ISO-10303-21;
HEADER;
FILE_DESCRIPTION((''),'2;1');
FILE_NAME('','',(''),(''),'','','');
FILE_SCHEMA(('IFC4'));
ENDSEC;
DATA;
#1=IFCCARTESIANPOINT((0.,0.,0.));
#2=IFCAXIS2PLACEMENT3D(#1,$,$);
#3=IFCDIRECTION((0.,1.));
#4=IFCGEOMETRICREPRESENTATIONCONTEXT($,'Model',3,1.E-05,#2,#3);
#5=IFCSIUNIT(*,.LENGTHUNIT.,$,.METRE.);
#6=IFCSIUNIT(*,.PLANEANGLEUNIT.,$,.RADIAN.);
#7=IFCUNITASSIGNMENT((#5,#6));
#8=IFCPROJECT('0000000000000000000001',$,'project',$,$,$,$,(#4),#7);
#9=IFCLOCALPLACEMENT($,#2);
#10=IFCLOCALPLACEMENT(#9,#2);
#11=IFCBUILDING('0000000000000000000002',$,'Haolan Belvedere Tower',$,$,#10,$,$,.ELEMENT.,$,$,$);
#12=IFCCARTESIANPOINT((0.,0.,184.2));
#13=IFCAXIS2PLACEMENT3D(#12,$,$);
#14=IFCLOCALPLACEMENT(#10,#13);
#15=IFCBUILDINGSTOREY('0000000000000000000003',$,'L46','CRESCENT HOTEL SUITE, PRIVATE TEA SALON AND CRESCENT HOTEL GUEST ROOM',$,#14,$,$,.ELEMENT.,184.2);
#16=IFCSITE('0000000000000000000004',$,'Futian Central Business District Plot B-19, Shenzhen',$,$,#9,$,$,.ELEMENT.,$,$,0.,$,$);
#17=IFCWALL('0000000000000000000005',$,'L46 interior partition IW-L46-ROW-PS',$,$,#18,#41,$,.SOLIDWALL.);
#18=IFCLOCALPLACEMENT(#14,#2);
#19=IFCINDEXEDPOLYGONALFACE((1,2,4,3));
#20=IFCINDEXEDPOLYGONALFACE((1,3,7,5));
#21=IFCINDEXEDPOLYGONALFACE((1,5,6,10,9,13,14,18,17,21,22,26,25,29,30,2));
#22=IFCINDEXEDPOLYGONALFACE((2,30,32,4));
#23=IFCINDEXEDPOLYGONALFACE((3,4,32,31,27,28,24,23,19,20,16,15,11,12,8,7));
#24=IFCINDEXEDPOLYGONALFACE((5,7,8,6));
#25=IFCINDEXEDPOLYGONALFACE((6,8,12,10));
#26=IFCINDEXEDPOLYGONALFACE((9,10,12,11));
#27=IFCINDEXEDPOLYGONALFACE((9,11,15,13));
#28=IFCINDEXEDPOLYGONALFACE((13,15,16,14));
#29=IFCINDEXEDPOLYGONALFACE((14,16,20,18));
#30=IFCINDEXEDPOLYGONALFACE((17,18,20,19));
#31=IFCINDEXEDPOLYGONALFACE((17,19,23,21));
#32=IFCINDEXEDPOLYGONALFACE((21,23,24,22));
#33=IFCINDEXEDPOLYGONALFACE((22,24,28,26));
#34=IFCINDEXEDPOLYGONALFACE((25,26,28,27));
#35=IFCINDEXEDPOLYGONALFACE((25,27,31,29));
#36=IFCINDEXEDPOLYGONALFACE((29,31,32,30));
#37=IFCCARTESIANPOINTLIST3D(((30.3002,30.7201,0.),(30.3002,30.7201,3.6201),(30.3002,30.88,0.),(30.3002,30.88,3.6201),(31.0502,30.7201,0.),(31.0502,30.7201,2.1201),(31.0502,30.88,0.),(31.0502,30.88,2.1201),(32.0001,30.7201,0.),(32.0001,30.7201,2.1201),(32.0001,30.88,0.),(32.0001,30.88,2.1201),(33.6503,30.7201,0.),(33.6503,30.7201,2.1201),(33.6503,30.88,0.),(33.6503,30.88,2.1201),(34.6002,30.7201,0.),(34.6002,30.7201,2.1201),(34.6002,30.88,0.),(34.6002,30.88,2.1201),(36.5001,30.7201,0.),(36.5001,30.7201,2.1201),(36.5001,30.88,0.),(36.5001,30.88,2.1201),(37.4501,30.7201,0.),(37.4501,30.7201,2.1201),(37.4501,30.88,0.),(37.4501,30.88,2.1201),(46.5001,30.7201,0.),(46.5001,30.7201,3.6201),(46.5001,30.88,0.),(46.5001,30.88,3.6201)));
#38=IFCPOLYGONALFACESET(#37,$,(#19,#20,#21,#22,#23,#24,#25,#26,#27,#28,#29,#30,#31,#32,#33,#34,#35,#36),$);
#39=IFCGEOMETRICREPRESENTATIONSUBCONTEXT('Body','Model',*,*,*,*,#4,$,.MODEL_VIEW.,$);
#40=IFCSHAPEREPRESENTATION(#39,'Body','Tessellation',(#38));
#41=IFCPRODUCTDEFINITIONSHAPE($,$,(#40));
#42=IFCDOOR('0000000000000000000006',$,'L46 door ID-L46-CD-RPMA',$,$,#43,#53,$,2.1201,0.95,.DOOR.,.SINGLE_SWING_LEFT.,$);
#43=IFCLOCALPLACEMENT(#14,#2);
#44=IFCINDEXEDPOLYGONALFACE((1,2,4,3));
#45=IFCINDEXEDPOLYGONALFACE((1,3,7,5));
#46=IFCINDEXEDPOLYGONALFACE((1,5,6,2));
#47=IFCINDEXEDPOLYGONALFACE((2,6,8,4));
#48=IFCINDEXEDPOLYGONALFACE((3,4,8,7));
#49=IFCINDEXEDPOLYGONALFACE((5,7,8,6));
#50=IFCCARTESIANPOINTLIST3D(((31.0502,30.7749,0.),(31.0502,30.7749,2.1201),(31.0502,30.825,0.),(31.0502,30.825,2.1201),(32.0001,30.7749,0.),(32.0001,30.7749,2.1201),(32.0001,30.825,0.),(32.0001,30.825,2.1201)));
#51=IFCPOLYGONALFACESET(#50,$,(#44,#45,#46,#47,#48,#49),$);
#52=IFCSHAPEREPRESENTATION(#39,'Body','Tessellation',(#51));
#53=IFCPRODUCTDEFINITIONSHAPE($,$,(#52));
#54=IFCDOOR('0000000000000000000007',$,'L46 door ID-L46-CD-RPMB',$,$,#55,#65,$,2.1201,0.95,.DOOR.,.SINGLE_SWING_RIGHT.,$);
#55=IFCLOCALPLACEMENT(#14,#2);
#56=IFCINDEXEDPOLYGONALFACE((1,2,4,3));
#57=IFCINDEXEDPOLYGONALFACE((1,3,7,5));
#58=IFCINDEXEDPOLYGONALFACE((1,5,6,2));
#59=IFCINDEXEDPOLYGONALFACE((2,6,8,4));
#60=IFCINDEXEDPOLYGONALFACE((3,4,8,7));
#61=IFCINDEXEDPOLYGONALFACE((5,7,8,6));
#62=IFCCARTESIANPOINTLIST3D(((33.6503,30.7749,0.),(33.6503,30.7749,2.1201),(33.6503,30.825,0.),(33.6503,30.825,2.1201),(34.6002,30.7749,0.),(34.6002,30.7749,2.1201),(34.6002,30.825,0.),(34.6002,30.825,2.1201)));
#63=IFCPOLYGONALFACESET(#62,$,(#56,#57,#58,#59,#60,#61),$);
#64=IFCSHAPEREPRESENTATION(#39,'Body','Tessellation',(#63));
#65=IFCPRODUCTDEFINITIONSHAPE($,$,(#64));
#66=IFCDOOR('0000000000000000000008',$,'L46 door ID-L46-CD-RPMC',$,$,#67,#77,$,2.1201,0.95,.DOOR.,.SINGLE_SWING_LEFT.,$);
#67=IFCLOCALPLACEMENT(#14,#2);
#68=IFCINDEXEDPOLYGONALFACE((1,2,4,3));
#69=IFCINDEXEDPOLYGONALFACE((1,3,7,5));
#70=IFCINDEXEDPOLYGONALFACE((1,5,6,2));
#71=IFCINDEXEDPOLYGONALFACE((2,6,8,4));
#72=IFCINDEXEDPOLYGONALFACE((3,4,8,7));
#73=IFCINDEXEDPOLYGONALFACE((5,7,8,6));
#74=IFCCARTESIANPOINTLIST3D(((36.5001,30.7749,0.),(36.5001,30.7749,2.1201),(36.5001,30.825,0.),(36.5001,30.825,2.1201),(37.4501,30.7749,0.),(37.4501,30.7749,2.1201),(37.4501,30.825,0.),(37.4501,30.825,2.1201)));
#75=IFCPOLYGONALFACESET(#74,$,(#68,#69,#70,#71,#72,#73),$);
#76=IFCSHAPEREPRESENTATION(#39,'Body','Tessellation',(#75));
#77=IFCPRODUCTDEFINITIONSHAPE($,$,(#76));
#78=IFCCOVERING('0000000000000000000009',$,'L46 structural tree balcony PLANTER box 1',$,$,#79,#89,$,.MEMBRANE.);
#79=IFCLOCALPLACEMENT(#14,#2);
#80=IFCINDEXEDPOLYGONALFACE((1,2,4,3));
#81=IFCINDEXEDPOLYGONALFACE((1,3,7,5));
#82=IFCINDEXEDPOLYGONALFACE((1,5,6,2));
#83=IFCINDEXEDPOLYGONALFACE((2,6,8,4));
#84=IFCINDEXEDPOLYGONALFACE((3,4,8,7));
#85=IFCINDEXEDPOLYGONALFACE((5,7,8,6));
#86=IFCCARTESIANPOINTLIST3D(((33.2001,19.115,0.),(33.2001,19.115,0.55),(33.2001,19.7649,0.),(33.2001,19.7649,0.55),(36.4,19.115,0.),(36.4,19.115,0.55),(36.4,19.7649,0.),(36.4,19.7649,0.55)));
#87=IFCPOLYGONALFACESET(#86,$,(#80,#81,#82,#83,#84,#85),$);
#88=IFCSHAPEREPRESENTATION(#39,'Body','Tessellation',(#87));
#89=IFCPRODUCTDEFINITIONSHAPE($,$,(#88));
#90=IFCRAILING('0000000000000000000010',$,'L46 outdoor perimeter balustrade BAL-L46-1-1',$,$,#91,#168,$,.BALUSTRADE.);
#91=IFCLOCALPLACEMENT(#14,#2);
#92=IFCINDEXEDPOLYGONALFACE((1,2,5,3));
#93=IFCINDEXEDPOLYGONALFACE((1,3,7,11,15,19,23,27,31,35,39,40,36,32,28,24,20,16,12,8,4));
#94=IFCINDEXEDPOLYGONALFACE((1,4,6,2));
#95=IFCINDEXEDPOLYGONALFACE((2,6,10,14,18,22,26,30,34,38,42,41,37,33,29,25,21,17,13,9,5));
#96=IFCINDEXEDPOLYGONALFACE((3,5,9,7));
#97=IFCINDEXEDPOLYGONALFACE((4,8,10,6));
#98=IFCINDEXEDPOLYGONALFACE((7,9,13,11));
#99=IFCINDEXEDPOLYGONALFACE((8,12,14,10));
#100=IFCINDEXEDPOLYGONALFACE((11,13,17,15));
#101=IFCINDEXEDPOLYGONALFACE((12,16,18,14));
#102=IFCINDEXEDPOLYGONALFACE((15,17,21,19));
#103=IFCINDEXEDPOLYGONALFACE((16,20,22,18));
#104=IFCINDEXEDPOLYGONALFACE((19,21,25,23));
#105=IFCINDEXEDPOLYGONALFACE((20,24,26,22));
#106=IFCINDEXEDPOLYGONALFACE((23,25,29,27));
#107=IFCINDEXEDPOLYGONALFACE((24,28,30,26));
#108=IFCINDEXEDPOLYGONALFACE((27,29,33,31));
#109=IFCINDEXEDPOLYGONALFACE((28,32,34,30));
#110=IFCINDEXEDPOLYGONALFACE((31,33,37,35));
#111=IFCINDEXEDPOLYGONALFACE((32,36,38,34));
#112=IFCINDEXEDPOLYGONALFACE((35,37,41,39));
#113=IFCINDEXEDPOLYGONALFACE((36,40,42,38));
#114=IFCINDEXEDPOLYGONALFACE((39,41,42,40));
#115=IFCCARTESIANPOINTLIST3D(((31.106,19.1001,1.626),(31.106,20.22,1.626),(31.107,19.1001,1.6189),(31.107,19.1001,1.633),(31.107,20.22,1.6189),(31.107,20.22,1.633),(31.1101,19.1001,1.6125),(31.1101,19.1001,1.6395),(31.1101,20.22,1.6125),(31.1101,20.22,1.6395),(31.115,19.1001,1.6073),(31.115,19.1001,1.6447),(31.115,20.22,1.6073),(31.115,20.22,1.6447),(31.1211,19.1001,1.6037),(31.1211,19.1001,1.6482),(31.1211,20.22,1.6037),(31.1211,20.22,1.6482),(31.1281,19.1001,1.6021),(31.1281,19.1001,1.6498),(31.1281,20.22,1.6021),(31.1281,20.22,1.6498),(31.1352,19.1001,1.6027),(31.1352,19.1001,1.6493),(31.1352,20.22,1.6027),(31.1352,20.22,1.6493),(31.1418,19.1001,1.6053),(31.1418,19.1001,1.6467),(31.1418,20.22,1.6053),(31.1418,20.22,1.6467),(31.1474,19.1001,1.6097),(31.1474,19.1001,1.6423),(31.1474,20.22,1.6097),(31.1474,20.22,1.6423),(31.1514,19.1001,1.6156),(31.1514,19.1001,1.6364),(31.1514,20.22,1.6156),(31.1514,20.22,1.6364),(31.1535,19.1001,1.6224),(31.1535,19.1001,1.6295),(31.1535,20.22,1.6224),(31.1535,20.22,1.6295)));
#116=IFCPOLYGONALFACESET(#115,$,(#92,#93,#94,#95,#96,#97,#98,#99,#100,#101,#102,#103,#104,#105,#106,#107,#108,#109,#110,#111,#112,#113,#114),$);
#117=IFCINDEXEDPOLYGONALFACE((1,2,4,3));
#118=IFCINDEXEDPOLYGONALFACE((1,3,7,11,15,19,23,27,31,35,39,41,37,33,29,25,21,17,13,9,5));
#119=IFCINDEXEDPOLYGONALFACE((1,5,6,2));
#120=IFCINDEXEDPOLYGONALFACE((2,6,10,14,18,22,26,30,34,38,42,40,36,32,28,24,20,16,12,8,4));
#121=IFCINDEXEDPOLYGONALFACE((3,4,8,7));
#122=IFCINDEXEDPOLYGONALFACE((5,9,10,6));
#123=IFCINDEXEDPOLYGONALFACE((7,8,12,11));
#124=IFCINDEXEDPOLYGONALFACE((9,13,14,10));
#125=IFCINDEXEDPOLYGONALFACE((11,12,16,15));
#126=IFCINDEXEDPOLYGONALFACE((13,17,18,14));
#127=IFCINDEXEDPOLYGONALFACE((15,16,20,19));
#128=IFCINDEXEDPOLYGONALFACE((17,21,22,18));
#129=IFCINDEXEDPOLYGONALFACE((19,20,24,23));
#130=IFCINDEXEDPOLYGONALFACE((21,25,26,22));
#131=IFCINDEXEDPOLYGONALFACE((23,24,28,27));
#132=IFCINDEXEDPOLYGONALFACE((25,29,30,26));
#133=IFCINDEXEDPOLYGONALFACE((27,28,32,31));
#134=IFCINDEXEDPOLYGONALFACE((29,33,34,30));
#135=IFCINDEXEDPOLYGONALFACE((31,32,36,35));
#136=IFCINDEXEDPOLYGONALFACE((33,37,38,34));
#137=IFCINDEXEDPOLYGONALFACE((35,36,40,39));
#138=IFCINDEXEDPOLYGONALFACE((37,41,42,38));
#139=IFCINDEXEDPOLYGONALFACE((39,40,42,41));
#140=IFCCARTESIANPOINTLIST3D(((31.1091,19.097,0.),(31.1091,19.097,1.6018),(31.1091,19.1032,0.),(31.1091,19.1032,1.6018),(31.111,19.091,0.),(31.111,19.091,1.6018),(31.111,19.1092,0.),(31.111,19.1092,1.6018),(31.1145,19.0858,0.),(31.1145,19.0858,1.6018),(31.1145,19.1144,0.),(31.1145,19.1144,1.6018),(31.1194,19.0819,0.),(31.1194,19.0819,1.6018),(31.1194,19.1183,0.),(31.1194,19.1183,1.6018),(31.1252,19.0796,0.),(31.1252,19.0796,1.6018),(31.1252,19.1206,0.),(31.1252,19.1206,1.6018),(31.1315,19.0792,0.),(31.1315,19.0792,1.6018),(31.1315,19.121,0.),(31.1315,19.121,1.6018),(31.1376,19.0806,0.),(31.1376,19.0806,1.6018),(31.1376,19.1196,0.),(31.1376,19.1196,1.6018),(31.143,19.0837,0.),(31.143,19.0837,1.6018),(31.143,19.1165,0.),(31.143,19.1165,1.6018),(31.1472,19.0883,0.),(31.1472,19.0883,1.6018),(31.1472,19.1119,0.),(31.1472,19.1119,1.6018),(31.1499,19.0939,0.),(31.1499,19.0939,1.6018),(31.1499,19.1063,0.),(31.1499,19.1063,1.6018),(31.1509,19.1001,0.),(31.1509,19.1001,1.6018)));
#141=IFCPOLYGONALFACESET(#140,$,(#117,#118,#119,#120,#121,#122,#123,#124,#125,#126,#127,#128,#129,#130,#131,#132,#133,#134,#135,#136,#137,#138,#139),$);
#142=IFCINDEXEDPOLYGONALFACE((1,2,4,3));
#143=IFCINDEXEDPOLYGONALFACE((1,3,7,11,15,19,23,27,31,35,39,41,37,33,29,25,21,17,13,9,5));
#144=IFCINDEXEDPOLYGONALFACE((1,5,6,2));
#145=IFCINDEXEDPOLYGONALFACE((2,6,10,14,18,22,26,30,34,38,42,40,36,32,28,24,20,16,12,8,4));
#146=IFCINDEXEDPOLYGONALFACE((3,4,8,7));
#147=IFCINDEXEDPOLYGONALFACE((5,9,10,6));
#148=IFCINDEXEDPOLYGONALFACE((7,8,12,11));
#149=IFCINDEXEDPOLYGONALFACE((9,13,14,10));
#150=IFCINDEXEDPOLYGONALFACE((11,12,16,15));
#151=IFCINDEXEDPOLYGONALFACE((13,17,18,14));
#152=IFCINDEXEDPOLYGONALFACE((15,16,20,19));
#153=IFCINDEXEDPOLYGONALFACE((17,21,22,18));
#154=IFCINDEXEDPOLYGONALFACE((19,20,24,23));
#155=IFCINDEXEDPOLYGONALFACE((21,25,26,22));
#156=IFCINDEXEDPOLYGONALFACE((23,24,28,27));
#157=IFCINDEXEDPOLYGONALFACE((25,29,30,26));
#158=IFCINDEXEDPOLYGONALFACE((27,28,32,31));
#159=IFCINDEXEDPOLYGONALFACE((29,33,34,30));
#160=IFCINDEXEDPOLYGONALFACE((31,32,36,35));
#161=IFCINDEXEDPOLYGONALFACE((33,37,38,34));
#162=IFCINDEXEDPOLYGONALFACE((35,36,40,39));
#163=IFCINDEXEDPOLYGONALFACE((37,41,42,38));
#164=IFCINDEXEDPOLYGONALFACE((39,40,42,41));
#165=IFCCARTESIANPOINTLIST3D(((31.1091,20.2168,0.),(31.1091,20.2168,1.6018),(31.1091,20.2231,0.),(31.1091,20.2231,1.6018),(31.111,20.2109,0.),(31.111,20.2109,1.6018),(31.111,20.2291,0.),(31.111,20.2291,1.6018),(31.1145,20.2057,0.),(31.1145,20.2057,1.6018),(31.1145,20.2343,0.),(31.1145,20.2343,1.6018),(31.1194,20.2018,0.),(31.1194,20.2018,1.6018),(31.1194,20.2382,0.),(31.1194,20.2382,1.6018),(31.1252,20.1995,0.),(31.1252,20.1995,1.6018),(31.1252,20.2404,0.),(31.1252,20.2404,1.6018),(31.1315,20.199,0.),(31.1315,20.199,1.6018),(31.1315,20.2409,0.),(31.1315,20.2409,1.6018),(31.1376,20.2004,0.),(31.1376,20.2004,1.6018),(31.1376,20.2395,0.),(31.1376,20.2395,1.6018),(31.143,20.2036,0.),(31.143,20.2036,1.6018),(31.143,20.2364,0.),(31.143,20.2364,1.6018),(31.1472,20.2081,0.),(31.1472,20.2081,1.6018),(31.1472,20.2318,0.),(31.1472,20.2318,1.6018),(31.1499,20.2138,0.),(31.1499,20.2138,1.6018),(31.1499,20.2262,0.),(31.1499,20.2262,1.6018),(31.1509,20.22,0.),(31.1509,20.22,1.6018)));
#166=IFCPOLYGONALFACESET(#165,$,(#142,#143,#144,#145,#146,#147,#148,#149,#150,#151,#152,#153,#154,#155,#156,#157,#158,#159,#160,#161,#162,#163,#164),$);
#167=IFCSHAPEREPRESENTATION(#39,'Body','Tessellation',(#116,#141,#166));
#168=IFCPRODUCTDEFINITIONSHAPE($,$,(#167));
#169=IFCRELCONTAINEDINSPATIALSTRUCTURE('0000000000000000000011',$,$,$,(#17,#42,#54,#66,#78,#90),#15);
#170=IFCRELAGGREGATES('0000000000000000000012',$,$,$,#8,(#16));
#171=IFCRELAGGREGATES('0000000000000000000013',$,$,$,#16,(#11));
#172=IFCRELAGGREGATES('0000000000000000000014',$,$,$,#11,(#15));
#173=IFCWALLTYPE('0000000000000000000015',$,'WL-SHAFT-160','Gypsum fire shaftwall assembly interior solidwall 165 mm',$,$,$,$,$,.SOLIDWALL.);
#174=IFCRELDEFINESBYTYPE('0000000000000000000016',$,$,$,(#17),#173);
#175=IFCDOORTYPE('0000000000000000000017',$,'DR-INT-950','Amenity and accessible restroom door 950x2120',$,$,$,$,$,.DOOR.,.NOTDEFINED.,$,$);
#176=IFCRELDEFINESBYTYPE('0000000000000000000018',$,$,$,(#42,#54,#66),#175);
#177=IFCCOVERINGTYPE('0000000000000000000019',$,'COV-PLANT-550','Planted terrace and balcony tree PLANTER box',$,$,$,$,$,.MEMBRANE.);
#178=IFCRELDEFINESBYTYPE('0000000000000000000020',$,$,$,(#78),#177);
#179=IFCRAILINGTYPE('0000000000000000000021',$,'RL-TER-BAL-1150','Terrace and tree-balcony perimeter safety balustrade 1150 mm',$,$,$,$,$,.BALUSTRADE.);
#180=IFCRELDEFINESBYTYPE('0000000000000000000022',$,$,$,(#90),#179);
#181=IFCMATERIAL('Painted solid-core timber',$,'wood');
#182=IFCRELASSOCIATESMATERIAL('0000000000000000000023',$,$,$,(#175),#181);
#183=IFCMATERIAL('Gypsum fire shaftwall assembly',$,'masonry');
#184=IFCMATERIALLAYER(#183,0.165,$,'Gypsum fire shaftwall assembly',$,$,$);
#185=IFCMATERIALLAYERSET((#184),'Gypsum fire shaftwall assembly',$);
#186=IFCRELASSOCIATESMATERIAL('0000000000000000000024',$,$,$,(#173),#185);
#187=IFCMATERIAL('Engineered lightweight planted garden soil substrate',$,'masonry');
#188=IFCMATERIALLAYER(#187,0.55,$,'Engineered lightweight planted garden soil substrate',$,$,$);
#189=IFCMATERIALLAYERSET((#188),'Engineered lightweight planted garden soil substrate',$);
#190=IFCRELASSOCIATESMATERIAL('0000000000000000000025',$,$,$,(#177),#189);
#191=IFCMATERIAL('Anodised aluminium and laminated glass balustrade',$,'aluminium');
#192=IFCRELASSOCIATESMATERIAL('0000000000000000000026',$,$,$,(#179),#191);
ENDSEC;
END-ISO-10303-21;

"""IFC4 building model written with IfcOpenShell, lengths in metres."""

from ifc_helpers import new_model, si_unit, direction, frame, frame_2d, origin, origin_2d, place, context, subcontext, project, spatial, rectangle, circle, extrude, material, layer, layer_set, type_object, element, fill, save


model = new_model("IFC4")

# Units and contexts
model_context = context("Model", 3, precision=1e-05, world=origin(), true_north=direction((0.0, 1.0)))
body_context = subcontext(model_context, "Body", "Model", "MODEL_VIEW")
ifc_project = project(units=[si_unit("LENGTHUNIT", "METRE"), si_unit("PLANEANGLEUNIT", "RADIAN")], contexts=[model_context])

# Site, building, storey
site_placement = place(None, origin())
site = spatial("IfcSite", under=ifc_project, at=site_placement, Name="Futian Central Business District Plot B-19, Shenzhen", CompositionType="ELEMENT", RefElevation=0.0)
building_placement = place(site_placement, origin())
building = spatial("IfcBuilding", under=site, at=building_placement, Name="Haolan Belvedere Tower", CompositionType="ELEMENT")
storey_placement = place(building_placement, frame((0.0, 0.0, 184.2)))
storey = spatial("IfcBuildingStorey", under=building, at=storey_placement, Name="L46", Description="CRESCENT HOTEL SUITE, PRIVATE TEA SALON AND CRESCENT HOTEL GUEST ROOM", CompositionType="ELEMENT", Elevation=184.2)

# Shared definitions
ifc_material_1 = material(Name="Painted solid-core timber", Category="wood")
door_type = type_object("IfcDoorType", Name="DR-INT-950", Description="Amenity and accessible restroom door 950x2120", OperationType="NOTDEFINED", PredefinedType="DOOR", material=ifc_material_1)

# Shared definitions
ifc_material_2 = material(Name="Gypsum fire shaftwall assembly", Category="masonry")
ifc_layer_1 = layer(ifc_material_2, 0.165, Name="Gypsum fire shaftwall assembly")
ifc_layer_set_1 = layer_set([ifc_layer_1], Name="Gypsum fire shaftwall assembly")
wall_type_1 = type_object("IfcWallType", Name="WL-SHAFT-160", Description="Gypsum fire shaftwall assembly interior solidwall 165 mm", PredefinedType="SOLIDWALL", material=ifc_layer_set_1)

# Wall, openings, doors
wall_1_placement = place(storey_placement, frame((30.3, 30.8, 0.0), z_axis=(0.0, 0.0, 1.0), x_axis=(1.0, 0.0, 0.0)))
wall_1 = element("IfcWall", 1, at=wall_1_placement, inside=storey, type_object=wall_type_1, Name="L46 interior partition IW-L46-ROW-PS", PredefinedType="SOLIDWALL", context=body_context, shape_type="SweptSolid", body=[
    extrude(rectangle(XDim=16.2, YDim=0.1599, at=frame_2d((8.1001, 0.0))), origin(), (0.0, 0.0, 1.0), 3.6201),
])
opening_1_placement = place(wall_1_placement, frame((0.75, 0.0, 0.0)))
opening_1 = element("IfcOpeningElement", 2, at=opening_1_placement, cuts=wall_1, PredefinedType="OPENING", context=body_context, shape_type="SweptSolid", body=[
    extrude(rectangle(XDim=0.95, YDim=2.1201, at=frame_2d((0.4751, 1.0601))), frame((0.0, 0.0898, 0.0), z_axis=(0.0, -1.0, 0.0), x_axis=(1.0, 0.0, 0.0)), (0.0, 0.0, 1.0), 0.1799),
])
opening_2_placement = place(wall_1_placement, frame((3.3501, 0.0, 0.0)))
opening_2 = element("IfcOpeningElement", 3, at=opening_2_placement, cuts=wall_1, PredefinedType="OPENING", context=body_context, shape_type="SweptSolid", body=[
    extrude(rectangle(XDim=0.95, YDim=2.1201, at=frame_2d((0.4751, 1.0601))), frame((0.0, 0.0898, 0.0), z_axis=(0.0, -1.0, 0.0), x_axis=(1.0, 0.0, 0.0)), (0.0, 0.0, 1.0), 0.1799),
])
opening_3_placement = place(wall_1_placement, frame((6.2, 0.0, 0.0)))
opening_3 = element("IfcOpeningElement", 4, at=opening_3_placement, cuts=wall_1, PredefinedType="OPENING", context=body_context, shape_type="SweptSolid", body=[
    extrude(rectangle(XDim=0.95, YDim=2.1201, at=frame_2d((0.4751, 1.0601))), frame((0.0, 0.0898, 0.0), z_axis=(0.0, -1.0, 0.0), x_axis=(1.0, 0.0, 0.0)), (0.0, 0.0, 1.0), 0.1799),
])
door_1_placement = place(opening_1_placement, origin())
door_1 = element("IfcDoor", 5, at=door_1_placement, inside=storey, type_object=door_type, Name="L46 door ID-L46-CD-RPMA", OperationType="SINGLE_SWING_LEFT", OverallHeight=2.1201, OverallWidth=0.95, PredefinedType="DOOR", context=body_context, shape_type="SweptSolid", body=[
    extrude(rectangle(XDim=0.95, YDim=2.1201, at=frame_2d((0.4751, 1.0601))), frame((0.0, 0.0249, 0.0), z_axis=(0.0, -1.0, 0.0), x_axis=(1.0, 0.0, 0.0)), (0.0, 0.0, 1.0), 0.05),
])
fill(opening_1, door_1)
door_2_placement = place(opening_2_placement, origin())
door_2 = element("IfcDoor", 6, at=door_2_placement, inside=storey, type_object=door_type, Name="L46 door ID-L46-CD-RPMB", OperationType="SINGLE_SWING_RIGHT", OverallHeight=2.1201, OverallWidth=0.95, PredefinedType="DOOR", context=body_context, shape_type="SweptSolid", body=[
    extrude(rectangle(XDim=0.95, YDim=2.1201, at=frame_2d((0.4751, 1.0601))), frame((0.0, 0.0249, 0.0), z_axis=(0.0, -1.0, 0.0), x_axis=(1.0, 0.0, 0.0)), (0.0, 0.0, 1.0), 0.05),
])
fill(opening_2, door_2)
door_3_placement = place(opening_3_placement, origin())
door_3 = element("IfcDoor", 7, at=door_3_placement, inside=storey, type_object=door_type, Name="L46 door ID-L46-CD-RPMC", OperationType="SINGLE_SWING_LEFT", OverallHeight=2.1201, OverallWidth=0.95, PredefinedType="DOOR", context=body_context, shape_type="SweptSolid", body=[
    extrude(rectangle(XDim=0.95, YDim=2.1201, at=frame_2d((0.4751, 1.0601))), frame((0.0, 0.0249, 0.0), z_axis=(0.0, -1.0, 0.0), x_axis=(1.0, 0.0, 0.0)), (0.0, 0.0, 1.0), 0.05),
])
fill(opening_3, door_3)

# Covering
ifc_material_3 = material(Name="Engineered lightweight planted garden soil substrate", Category="masonry")
ifc_layer_2 = layer(ifc_material_3, 0.55, Name="Engineered lightweight planted garden soil substrate")
ifc_layer_set_2 = layer_set([ifc_layer_2], Name="Engineered lightweight planted garden soil substrate")
covering_type = type_object("IfcCoveringType", Name="COV-PLANT-550", Description="Planted terrace and balcony tree PLANTER box", PredefinedType="MEMBRANE", material=ifc_layer_set_2)
covering_placement = place(storey_placement, frame((34.8, 19.4399, 0.0), z_axis=(0.0, 0.0, 1.0), x_axis=(1.0, 0.0, 0.0)))
element("IfcCovering", 8, at=covering_placement, inside=storey, type_object=covering_type, Name="L46 structural tree balcony PLANTER box 1", PredefinedType="MEMBRANE", context=body_context, shape_type="SweptSolid", body=[
    extrude(rectangle(XDim=3.2, YDim=0.6499, at=origin_2d()), origin(), (0.0, 0.0, 1.0), 0.55),
])

# Railing
ifc_material_4 = material(Name="Anodised aluminium and laminated glass balustrade", Category="aluminium")
railing_type = type_object("IfcRailingType", Name="RL-TER-BAL-1150", Description="Terrace and tree-balcony perimeter safety balustrade 1150 mm", PredefinedType="BALUSTRADE", material=ifc_material_4)
railing_1_placement = place(storey_placement, frame((31.1299, 19.1001, 0.0)))
element("IfcRailing", 9, at=railing_1_placement, inside=storey, type_object=railing_type, Name="L46 outdoor perimeter balustrade BAL-L46-1-1", PredefinedType="BALUSTRADE", context=body_context, shape_type="SweptSolid", body=[
    extrude(circle(Radius=0.0239, at=origin_2d()), frame((0.0, 0.0, 1.626), z_axis=(0.0, 1.0, 0.0), x_axis=(-1.0, 0.0, 0.0)), (0.0, 0.0, 1.0), 1.1199),
    extrude(circle(Radius=0.021, at=origin_2d()), origin(), (0.0, 0.0, 1.0), 1.6018),
    extrude(circle(Radius=0.021, at=origin_2d()), frame((0.0, 1.1199, 0.0)), (0.0, 0.0, 1.0), 1.6018),
])

save(model, "model.ifc")
